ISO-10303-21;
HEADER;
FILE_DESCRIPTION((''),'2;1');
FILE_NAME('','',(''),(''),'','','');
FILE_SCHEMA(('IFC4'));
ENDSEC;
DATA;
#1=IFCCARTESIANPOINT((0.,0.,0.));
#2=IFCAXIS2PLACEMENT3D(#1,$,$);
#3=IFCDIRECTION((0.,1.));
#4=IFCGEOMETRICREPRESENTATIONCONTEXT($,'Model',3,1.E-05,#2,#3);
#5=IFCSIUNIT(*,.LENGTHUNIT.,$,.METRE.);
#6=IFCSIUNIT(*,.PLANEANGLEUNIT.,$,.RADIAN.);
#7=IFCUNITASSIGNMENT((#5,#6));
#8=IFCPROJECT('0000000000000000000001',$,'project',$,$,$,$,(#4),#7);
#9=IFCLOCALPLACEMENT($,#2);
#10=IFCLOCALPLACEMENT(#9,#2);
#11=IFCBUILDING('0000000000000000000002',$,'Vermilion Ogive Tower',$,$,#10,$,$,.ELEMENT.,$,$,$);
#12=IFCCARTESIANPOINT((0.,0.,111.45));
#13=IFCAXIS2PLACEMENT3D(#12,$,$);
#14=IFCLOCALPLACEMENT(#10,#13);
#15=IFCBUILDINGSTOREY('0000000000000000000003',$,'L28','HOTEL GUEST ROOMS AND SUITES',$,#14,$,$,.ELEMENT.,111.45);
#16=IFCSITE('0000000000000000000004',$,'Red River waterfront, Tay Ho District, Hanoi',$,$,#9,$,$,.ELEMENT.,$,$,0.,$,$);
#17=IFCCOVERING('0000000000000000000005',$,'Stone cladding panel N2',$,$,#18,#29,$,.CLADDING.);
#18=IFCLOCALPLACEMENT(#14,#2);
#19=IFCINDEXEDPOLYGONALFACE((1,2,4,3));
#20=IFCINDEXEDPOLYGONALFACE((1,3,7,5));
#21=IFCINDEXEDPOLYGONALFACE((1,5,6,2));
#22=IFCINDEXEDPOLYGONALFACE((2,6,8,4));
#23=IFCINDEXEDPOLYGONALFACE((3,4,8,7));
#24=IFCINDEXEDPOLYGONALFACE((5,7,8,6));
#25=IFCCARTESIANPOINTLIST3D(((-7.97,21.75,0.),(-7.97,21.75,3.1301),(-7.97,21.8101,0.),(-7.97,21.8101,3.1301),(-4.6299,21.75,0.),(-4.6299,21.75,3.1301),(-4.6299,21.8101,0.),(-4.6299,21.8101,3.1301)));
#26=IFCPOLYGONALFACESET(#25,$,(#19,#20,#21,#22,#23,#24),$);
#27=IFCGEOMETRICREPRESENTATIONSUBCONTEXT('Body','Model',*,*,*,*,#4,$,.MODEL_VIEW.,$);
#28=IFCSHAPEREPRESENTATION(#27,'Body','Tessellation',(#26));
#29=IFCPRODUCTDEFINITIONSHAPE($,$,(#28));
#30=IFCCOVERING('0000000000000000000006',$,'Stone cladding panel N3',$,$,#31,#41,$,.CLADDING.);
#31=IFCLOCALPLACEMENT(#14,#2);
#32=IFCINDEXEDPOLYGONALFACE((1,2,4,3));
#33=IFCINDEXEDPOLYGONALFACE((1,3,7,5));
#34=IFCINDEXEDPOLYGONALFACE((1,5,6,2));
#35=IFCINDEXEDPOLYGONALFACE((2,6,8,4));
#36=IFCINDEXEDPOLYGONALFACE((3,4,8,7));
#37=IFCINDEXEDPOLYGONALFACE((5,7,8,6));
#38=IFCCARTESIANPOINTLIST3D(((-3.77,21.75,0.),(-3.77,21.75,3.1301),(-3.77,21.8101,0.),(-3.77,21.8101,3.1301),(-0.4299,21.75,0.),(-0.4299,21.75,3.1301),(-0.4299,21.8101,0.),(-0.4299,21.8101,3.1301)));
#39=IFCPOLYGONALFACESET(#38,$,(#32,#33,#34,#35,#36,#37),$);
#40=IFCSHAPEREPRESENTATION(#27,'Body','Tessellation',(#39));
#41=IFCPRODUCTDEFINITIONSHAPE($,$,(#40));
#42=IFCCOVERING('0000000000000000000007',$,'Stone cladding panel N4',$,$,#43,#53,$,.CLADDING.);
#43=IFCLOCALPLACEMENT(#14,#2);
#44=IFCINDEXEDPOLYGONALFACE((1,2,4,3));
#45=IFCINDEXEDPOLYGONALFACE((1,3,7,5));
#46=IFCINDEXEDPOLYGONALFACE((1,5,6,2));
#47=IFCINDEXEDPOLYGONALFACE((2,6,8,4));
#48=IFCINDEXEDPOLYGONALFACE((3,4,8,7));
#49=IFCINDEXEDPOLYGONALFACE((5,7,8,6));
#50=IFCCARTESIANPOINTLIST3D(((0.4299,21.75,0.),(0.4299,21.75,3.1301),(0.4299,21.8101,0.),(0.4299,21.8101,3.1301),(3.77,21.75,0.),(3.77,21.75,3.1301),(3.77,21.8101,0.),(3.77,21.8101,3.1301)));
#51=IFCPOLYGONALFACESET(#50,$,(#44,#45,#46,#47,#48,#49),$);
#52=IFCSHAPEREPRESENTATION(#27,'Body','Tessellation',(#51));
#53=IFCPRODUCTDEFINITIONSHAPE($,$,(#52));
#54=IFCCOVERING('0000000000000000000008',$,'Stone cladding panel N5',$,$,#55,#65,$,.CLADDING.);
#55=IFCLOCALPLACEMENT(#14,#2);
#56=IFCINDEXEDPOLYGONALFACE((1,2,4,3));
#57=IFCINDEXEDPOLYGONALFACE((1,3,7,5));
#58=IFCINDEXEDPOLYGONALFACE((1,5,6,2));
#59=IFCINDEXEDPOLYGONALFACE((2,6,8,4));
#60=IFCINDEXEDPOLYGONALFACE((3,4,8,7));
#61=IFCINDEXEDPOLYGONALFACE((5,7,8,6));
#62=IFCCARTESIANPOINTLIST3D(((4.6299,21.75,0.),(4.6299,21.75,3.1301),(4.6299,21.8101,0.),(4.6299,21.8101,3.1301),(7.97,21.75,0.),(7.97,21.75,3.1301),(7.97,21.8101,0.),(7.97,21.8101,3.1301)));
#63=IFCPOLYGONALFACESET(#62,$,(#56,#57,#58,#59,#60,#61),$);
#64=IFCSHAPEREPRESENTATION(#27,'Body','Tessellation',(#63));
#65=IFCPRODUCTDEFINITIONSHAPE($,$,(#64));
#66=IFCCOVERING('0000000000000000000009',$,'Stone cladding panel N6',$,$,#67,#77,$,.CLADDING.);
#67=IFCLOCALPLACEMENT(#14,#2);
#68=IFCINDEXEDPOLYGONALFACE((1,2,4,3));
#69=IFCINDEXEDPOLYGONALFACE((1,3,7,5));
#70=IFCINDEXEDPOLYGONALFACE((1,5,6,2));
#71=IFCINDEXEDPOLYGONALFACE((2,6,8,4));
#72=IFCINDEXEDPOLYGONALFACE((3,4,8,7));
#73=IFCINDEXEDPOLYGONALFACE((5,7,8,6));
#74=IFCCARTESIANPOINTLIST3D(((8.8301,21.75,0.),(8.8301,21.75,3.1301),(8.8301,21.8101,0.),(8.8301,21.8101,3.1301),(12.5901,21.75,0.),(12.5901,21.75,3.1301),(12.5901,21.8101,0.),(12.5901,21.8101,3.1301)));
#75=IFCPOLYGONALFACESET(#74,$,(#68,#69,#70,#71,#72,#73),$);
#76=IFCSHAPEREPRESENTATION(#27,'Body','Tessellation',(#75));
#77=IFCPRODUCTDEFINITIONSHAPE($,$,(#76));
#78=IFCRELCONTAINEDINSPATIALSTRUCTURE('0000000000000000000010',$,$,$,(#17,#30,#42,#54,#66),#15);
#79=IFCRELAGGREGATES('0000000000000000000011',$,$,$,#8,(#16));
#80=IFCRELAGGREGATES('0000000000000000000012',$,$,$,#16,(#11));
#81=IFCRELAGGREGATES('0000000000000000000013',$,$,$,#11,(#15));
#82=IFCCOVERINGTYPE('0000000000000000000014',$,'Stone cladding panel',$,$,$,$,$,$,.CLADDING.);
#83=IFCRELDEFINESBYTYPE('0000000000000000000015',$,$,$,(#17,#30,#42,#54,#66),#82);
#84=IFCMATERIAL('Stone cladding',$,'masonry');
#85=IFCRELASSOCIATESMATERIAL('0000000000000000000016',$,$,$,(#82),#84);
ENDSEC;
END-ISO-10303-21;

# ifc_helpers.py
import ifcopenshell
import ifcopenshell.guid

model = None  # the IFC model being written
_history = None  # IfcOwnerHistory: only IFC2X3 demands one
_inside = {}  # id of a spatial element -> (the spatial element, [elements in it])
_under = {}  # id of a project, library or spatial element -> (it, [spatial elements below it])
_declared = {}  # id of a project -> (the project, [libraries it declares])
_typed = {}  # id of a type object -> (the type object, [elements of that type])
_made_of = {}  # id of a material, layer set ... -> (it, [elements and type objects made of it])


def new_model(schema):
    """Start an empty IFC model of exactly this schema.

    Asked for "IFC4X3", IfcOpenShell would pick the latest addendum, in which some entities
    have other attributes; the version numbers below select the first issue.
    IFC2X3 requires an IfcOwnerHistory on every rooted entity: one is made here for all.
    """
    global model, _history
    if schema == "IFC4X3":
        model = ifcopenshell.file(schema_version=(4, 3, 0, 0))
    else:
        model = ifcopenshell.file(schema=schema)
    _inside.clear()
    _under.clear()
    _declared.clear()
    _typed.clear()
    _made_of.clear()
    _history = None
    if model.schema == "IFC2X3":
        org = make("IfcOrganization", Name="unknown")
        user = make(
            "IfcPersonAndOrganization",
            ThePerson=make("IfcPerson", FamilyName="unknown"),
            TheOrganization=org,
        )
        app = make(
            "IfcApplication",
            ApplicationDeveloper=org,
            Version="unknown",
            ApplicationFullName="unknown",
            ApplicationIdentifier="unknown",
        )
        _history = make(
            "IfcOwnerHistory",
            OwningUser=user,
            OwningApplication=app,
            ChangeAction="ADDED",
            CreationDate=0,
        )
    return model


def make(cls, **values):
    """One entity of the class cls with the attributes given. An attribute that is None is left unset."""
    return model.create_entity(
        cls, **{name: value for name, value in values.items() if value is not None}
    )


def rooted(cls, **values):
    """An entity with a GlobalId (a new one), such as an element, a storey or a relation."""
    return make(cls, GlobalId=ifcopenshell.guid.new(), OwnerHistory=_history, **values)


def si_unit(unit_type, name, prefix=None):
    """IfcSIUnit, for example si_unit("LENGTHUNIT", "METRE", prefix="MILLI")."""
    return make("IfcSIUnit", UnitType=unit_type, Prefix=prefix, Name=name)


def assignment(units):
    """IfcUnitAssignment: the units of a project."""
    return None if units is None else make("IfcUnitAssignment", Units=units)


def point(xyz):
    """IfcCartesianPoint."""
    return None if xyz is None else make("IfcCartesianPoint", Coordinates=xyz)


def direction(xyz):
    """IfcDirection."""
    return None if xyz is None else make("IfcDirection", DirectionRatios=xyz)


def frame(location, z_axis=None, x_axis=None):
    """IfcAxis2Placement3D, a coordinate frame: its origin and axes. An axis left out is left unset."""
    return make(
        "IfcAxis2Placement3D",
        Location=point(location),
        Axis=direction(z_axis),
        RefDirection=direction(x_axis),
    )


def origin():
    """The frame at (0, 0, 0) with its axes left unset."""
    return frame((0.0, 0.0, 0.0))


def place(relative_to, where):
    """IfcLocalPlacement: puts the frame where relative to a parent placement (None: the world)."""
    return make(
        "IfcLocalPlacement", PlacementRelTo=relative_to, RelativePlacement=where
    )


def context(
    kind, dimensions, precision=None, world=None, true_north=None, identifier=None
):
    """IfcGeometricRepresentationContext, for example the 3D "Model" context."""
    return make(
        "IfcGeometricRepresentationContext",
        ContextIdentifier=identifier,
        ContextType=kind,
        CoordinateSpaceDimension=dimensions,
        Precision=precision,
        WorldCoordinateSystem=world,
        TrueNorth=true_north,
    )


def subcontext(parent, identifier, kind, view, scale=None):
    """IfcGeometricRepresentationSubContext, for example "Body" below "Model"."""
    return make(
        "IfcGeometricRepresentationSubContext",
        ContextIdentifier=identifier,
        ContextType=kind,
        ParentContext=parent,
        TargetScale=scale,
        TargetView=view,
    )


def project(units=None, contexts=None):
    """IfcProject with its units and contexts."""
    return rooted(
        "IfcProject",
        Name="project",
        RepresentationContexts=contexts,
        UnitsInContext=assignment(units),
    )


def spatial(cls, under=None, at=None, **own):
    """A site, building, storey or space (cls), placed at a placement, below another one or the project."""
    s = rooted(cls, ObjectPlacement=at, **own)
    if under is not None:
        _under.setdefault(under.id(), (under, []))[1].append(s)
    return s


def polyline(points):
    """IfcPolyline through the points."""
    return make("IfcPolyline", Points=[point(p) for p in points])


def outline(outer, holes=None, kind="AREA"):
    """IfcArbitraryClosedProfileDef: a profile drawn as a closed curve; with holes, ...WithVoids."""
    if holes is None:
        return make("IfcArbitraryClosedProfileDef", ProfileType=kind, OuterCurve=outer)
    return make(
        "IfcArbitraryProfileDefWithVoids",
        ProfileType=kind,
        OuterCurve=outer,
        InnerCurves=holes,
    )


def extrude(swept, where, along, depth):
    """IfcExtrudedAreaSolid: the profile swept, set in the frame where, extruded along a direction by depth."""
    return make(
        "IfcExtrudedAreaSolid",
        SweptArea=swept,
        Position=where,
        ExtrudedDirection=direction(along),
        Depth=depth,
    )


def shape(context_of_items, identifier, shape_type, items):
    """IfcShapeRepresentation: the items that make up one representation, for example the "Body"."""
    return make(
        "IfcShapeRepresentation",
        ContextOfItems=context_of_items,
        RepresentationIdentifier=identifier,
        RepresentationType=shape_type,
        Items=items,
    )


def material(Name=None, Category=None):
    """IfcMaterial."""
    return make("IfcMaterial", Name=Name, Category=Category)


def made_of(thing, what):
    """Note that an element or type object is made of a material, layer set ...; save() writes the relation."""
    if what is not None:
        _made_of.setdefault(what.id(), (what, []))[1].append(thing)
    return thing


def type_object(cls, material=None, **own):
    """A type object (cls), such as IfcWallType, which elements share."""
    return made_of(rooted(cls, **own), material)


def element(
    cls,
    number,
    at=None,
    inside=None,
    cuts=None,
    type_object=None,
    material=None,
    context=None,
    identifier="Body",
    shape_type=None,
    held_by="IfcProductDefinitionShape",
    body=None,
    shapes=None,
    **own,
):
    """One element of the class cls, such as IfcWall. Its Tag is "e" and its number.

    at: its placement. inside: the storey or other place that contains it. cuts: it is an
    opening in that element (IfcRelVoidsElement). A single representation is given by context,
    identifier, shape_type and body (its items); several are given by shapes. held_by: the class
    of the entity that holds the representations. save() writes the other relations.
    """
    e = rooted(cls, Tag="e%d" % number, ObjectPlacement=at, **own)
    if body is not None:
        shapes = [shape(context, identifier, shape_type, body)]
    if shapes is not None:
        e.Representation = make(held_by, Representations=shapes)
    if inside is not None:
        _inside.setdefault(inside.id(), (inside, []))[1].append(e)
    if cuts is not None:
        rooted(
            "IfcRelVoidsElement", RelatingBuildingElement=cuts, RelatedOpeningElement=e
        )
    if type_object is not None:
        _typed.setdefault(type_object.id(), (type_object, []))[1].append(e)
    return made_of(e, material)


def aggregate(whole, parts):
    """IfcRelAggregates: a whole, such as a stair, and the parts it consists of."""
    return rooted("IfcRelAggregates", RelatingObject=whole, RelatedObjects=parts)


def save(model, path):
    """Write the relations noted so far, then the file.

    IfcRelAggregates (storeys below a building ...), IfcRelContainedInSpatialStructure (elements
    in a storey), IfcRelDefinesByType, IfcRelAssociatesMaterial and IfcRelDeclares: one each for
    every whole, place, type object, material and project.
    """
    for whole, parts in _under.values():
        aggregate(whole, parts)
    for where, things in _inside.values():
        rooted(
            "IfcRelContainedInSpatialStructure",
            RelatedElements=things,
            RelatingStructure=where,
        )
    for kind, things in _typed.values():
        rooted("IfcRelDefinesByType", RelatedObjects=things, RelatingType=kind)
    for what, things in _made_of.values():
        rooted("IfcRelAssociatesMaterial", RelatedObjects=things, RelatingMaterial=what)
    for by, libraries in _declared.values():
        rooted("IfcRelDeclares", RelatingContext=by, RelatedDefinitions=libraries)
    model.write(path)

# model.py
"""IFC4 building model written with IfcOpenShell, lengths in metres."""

from ifc_helpers import new_model, si_unit, direction, frame, origin, place, context, subcontext, project, spatial, polyline, outline, extrude, material, type_object, element, save


model = new_model("IFC4")

# Units and contexts
model_context = context("Model", 3, precision=1e-05, world=origin(), true_north=direction((0.0, 1.0)))
body_context = subcontext(model_context, "Body", "Model", "MODEL_VIEW")
ifc_project = project(units=[si_unit("LENGTHUNIT", "METRE"), si_unit("PLANEANGLEUNIT", "RADIAN")], contexts=[model_context])

# Site, building, storey
site_placement = place(None, origin())
site = spatial("IfcSite", under=ifc_project, at=site_placement, Name="Red River waterfront, Tay Ho District, Hanoi", CompositionType="ELEMENT", RefElevation=0.0)
building_placement = place(site_placement, origin())
building = spatial("IfcBuilding", under=site, at=building_placement, Name="Vermilion Ogive Tower", CompositionType="ELEMENT")
storey_placement = place(building_placement, frame((0.0, 0.0, 111.45)))
storey = spatial("IfcBuildingStorey", under=building, at=storey_placement, Name="L28", Description="HOTEL GUEST ROOMS AND SUITES", CompositionType="ELEMENT", Elevation=111.45)

# Coverings
ifc_material_1 = material(Name="Stone cladding", Category="masonry")
covering_type = type_object("IfcCoveringType", Name="Stone cladding panel", PredefinedType="CLADDING", material=ifc_material_1)
covering_1_placement = place(storey_placement, origin())
element("IfcCovering", 1, at=covering_1_placement, inside=storey, type_object=covering_type, Name="Stone cladding panel N2", PredefinedType="CLADDING", context=body_context, shape_type="SweptSolid", body=[
    extrude(outline(polyline([(-7.97, 21.75), (-4.6299, 21.75), (-4.6299, 21.8101), (-7.97, 21.8101), (-7.97, 21.75)])), origin(), (0.0, 0.0, 1.0), 3.1301),
])
covering_2_placement = place(storey_placement, origin())
element("IfcCovering", 2, at=covering_2_placement, inside=storey, type_object=covering_type, Name="Stone cladding panel N3", PredefinedType="CLADDING", context=body_context, shape_type="SweptSolid", body=[
    extrude(outline(polyline([(-3.77, 21.75), (-0.4299, 21.75), (-0.4299, 21.8101), (-3.77, 21.8101), (-3.77, 21.75)])), origin(), (0.0, 0.0, 1.0), 3.1301),
])
covering_3_placement = place(storey_placement, origin())
element("IfcCovering", 3, at=covering_3_placement, inside=storey, type_object=covering_type, Name="Stone cladding panel N4", PredefinedType="CLADDING", context=body_context, shape_type="SweptSolid", body=[
    extrude(outline(polyline([(0.4299, 21.75), (3.77, 21.75), (3.77, 21.8101), (0.4299, 21.8101), (0.4299, 21.75)])), origin(), (0.0, 0.0, 1.0), 3.1301),
])
covering_4_placement = place(storey_placement, origin())
element("IfcCovering", 4, at=covering_4_placement, inside=storey, type_object=covering_type, Name="Stone cladding panel N5", PredefinedType="CLADDING", context=body_context, shape_type="SweptSolid", body=[
    extrude(outline(polyline([(4.6299, 21.75), (7.97, 21.75), (7.97, 21.8101), (4.6299, 21.8101), (4.6299, 21.75)])), origin(), (0.0, 0.0, 1.0), 3.1301),
])
covering_5_placement = place(storey_placement, origin())
element("IfcCovering", 5, at=covering_5_placement, inside=storey, type_object=covering_type, Name="Stone cladding panel N6", PredefinedType="CLADDING", context=body_context, shape_type="SweptSolid", body=[
    extrude(outline(polyline([(8.8301, 21.75), (12.5901, 21.75), (12.5901, 21.8101), (8.8301, 21.8101), (8.8301, 21.75)])), origin(), (0.0, 0.0, 1.0), 3.1301),
])

save(model, "model.ifc")
